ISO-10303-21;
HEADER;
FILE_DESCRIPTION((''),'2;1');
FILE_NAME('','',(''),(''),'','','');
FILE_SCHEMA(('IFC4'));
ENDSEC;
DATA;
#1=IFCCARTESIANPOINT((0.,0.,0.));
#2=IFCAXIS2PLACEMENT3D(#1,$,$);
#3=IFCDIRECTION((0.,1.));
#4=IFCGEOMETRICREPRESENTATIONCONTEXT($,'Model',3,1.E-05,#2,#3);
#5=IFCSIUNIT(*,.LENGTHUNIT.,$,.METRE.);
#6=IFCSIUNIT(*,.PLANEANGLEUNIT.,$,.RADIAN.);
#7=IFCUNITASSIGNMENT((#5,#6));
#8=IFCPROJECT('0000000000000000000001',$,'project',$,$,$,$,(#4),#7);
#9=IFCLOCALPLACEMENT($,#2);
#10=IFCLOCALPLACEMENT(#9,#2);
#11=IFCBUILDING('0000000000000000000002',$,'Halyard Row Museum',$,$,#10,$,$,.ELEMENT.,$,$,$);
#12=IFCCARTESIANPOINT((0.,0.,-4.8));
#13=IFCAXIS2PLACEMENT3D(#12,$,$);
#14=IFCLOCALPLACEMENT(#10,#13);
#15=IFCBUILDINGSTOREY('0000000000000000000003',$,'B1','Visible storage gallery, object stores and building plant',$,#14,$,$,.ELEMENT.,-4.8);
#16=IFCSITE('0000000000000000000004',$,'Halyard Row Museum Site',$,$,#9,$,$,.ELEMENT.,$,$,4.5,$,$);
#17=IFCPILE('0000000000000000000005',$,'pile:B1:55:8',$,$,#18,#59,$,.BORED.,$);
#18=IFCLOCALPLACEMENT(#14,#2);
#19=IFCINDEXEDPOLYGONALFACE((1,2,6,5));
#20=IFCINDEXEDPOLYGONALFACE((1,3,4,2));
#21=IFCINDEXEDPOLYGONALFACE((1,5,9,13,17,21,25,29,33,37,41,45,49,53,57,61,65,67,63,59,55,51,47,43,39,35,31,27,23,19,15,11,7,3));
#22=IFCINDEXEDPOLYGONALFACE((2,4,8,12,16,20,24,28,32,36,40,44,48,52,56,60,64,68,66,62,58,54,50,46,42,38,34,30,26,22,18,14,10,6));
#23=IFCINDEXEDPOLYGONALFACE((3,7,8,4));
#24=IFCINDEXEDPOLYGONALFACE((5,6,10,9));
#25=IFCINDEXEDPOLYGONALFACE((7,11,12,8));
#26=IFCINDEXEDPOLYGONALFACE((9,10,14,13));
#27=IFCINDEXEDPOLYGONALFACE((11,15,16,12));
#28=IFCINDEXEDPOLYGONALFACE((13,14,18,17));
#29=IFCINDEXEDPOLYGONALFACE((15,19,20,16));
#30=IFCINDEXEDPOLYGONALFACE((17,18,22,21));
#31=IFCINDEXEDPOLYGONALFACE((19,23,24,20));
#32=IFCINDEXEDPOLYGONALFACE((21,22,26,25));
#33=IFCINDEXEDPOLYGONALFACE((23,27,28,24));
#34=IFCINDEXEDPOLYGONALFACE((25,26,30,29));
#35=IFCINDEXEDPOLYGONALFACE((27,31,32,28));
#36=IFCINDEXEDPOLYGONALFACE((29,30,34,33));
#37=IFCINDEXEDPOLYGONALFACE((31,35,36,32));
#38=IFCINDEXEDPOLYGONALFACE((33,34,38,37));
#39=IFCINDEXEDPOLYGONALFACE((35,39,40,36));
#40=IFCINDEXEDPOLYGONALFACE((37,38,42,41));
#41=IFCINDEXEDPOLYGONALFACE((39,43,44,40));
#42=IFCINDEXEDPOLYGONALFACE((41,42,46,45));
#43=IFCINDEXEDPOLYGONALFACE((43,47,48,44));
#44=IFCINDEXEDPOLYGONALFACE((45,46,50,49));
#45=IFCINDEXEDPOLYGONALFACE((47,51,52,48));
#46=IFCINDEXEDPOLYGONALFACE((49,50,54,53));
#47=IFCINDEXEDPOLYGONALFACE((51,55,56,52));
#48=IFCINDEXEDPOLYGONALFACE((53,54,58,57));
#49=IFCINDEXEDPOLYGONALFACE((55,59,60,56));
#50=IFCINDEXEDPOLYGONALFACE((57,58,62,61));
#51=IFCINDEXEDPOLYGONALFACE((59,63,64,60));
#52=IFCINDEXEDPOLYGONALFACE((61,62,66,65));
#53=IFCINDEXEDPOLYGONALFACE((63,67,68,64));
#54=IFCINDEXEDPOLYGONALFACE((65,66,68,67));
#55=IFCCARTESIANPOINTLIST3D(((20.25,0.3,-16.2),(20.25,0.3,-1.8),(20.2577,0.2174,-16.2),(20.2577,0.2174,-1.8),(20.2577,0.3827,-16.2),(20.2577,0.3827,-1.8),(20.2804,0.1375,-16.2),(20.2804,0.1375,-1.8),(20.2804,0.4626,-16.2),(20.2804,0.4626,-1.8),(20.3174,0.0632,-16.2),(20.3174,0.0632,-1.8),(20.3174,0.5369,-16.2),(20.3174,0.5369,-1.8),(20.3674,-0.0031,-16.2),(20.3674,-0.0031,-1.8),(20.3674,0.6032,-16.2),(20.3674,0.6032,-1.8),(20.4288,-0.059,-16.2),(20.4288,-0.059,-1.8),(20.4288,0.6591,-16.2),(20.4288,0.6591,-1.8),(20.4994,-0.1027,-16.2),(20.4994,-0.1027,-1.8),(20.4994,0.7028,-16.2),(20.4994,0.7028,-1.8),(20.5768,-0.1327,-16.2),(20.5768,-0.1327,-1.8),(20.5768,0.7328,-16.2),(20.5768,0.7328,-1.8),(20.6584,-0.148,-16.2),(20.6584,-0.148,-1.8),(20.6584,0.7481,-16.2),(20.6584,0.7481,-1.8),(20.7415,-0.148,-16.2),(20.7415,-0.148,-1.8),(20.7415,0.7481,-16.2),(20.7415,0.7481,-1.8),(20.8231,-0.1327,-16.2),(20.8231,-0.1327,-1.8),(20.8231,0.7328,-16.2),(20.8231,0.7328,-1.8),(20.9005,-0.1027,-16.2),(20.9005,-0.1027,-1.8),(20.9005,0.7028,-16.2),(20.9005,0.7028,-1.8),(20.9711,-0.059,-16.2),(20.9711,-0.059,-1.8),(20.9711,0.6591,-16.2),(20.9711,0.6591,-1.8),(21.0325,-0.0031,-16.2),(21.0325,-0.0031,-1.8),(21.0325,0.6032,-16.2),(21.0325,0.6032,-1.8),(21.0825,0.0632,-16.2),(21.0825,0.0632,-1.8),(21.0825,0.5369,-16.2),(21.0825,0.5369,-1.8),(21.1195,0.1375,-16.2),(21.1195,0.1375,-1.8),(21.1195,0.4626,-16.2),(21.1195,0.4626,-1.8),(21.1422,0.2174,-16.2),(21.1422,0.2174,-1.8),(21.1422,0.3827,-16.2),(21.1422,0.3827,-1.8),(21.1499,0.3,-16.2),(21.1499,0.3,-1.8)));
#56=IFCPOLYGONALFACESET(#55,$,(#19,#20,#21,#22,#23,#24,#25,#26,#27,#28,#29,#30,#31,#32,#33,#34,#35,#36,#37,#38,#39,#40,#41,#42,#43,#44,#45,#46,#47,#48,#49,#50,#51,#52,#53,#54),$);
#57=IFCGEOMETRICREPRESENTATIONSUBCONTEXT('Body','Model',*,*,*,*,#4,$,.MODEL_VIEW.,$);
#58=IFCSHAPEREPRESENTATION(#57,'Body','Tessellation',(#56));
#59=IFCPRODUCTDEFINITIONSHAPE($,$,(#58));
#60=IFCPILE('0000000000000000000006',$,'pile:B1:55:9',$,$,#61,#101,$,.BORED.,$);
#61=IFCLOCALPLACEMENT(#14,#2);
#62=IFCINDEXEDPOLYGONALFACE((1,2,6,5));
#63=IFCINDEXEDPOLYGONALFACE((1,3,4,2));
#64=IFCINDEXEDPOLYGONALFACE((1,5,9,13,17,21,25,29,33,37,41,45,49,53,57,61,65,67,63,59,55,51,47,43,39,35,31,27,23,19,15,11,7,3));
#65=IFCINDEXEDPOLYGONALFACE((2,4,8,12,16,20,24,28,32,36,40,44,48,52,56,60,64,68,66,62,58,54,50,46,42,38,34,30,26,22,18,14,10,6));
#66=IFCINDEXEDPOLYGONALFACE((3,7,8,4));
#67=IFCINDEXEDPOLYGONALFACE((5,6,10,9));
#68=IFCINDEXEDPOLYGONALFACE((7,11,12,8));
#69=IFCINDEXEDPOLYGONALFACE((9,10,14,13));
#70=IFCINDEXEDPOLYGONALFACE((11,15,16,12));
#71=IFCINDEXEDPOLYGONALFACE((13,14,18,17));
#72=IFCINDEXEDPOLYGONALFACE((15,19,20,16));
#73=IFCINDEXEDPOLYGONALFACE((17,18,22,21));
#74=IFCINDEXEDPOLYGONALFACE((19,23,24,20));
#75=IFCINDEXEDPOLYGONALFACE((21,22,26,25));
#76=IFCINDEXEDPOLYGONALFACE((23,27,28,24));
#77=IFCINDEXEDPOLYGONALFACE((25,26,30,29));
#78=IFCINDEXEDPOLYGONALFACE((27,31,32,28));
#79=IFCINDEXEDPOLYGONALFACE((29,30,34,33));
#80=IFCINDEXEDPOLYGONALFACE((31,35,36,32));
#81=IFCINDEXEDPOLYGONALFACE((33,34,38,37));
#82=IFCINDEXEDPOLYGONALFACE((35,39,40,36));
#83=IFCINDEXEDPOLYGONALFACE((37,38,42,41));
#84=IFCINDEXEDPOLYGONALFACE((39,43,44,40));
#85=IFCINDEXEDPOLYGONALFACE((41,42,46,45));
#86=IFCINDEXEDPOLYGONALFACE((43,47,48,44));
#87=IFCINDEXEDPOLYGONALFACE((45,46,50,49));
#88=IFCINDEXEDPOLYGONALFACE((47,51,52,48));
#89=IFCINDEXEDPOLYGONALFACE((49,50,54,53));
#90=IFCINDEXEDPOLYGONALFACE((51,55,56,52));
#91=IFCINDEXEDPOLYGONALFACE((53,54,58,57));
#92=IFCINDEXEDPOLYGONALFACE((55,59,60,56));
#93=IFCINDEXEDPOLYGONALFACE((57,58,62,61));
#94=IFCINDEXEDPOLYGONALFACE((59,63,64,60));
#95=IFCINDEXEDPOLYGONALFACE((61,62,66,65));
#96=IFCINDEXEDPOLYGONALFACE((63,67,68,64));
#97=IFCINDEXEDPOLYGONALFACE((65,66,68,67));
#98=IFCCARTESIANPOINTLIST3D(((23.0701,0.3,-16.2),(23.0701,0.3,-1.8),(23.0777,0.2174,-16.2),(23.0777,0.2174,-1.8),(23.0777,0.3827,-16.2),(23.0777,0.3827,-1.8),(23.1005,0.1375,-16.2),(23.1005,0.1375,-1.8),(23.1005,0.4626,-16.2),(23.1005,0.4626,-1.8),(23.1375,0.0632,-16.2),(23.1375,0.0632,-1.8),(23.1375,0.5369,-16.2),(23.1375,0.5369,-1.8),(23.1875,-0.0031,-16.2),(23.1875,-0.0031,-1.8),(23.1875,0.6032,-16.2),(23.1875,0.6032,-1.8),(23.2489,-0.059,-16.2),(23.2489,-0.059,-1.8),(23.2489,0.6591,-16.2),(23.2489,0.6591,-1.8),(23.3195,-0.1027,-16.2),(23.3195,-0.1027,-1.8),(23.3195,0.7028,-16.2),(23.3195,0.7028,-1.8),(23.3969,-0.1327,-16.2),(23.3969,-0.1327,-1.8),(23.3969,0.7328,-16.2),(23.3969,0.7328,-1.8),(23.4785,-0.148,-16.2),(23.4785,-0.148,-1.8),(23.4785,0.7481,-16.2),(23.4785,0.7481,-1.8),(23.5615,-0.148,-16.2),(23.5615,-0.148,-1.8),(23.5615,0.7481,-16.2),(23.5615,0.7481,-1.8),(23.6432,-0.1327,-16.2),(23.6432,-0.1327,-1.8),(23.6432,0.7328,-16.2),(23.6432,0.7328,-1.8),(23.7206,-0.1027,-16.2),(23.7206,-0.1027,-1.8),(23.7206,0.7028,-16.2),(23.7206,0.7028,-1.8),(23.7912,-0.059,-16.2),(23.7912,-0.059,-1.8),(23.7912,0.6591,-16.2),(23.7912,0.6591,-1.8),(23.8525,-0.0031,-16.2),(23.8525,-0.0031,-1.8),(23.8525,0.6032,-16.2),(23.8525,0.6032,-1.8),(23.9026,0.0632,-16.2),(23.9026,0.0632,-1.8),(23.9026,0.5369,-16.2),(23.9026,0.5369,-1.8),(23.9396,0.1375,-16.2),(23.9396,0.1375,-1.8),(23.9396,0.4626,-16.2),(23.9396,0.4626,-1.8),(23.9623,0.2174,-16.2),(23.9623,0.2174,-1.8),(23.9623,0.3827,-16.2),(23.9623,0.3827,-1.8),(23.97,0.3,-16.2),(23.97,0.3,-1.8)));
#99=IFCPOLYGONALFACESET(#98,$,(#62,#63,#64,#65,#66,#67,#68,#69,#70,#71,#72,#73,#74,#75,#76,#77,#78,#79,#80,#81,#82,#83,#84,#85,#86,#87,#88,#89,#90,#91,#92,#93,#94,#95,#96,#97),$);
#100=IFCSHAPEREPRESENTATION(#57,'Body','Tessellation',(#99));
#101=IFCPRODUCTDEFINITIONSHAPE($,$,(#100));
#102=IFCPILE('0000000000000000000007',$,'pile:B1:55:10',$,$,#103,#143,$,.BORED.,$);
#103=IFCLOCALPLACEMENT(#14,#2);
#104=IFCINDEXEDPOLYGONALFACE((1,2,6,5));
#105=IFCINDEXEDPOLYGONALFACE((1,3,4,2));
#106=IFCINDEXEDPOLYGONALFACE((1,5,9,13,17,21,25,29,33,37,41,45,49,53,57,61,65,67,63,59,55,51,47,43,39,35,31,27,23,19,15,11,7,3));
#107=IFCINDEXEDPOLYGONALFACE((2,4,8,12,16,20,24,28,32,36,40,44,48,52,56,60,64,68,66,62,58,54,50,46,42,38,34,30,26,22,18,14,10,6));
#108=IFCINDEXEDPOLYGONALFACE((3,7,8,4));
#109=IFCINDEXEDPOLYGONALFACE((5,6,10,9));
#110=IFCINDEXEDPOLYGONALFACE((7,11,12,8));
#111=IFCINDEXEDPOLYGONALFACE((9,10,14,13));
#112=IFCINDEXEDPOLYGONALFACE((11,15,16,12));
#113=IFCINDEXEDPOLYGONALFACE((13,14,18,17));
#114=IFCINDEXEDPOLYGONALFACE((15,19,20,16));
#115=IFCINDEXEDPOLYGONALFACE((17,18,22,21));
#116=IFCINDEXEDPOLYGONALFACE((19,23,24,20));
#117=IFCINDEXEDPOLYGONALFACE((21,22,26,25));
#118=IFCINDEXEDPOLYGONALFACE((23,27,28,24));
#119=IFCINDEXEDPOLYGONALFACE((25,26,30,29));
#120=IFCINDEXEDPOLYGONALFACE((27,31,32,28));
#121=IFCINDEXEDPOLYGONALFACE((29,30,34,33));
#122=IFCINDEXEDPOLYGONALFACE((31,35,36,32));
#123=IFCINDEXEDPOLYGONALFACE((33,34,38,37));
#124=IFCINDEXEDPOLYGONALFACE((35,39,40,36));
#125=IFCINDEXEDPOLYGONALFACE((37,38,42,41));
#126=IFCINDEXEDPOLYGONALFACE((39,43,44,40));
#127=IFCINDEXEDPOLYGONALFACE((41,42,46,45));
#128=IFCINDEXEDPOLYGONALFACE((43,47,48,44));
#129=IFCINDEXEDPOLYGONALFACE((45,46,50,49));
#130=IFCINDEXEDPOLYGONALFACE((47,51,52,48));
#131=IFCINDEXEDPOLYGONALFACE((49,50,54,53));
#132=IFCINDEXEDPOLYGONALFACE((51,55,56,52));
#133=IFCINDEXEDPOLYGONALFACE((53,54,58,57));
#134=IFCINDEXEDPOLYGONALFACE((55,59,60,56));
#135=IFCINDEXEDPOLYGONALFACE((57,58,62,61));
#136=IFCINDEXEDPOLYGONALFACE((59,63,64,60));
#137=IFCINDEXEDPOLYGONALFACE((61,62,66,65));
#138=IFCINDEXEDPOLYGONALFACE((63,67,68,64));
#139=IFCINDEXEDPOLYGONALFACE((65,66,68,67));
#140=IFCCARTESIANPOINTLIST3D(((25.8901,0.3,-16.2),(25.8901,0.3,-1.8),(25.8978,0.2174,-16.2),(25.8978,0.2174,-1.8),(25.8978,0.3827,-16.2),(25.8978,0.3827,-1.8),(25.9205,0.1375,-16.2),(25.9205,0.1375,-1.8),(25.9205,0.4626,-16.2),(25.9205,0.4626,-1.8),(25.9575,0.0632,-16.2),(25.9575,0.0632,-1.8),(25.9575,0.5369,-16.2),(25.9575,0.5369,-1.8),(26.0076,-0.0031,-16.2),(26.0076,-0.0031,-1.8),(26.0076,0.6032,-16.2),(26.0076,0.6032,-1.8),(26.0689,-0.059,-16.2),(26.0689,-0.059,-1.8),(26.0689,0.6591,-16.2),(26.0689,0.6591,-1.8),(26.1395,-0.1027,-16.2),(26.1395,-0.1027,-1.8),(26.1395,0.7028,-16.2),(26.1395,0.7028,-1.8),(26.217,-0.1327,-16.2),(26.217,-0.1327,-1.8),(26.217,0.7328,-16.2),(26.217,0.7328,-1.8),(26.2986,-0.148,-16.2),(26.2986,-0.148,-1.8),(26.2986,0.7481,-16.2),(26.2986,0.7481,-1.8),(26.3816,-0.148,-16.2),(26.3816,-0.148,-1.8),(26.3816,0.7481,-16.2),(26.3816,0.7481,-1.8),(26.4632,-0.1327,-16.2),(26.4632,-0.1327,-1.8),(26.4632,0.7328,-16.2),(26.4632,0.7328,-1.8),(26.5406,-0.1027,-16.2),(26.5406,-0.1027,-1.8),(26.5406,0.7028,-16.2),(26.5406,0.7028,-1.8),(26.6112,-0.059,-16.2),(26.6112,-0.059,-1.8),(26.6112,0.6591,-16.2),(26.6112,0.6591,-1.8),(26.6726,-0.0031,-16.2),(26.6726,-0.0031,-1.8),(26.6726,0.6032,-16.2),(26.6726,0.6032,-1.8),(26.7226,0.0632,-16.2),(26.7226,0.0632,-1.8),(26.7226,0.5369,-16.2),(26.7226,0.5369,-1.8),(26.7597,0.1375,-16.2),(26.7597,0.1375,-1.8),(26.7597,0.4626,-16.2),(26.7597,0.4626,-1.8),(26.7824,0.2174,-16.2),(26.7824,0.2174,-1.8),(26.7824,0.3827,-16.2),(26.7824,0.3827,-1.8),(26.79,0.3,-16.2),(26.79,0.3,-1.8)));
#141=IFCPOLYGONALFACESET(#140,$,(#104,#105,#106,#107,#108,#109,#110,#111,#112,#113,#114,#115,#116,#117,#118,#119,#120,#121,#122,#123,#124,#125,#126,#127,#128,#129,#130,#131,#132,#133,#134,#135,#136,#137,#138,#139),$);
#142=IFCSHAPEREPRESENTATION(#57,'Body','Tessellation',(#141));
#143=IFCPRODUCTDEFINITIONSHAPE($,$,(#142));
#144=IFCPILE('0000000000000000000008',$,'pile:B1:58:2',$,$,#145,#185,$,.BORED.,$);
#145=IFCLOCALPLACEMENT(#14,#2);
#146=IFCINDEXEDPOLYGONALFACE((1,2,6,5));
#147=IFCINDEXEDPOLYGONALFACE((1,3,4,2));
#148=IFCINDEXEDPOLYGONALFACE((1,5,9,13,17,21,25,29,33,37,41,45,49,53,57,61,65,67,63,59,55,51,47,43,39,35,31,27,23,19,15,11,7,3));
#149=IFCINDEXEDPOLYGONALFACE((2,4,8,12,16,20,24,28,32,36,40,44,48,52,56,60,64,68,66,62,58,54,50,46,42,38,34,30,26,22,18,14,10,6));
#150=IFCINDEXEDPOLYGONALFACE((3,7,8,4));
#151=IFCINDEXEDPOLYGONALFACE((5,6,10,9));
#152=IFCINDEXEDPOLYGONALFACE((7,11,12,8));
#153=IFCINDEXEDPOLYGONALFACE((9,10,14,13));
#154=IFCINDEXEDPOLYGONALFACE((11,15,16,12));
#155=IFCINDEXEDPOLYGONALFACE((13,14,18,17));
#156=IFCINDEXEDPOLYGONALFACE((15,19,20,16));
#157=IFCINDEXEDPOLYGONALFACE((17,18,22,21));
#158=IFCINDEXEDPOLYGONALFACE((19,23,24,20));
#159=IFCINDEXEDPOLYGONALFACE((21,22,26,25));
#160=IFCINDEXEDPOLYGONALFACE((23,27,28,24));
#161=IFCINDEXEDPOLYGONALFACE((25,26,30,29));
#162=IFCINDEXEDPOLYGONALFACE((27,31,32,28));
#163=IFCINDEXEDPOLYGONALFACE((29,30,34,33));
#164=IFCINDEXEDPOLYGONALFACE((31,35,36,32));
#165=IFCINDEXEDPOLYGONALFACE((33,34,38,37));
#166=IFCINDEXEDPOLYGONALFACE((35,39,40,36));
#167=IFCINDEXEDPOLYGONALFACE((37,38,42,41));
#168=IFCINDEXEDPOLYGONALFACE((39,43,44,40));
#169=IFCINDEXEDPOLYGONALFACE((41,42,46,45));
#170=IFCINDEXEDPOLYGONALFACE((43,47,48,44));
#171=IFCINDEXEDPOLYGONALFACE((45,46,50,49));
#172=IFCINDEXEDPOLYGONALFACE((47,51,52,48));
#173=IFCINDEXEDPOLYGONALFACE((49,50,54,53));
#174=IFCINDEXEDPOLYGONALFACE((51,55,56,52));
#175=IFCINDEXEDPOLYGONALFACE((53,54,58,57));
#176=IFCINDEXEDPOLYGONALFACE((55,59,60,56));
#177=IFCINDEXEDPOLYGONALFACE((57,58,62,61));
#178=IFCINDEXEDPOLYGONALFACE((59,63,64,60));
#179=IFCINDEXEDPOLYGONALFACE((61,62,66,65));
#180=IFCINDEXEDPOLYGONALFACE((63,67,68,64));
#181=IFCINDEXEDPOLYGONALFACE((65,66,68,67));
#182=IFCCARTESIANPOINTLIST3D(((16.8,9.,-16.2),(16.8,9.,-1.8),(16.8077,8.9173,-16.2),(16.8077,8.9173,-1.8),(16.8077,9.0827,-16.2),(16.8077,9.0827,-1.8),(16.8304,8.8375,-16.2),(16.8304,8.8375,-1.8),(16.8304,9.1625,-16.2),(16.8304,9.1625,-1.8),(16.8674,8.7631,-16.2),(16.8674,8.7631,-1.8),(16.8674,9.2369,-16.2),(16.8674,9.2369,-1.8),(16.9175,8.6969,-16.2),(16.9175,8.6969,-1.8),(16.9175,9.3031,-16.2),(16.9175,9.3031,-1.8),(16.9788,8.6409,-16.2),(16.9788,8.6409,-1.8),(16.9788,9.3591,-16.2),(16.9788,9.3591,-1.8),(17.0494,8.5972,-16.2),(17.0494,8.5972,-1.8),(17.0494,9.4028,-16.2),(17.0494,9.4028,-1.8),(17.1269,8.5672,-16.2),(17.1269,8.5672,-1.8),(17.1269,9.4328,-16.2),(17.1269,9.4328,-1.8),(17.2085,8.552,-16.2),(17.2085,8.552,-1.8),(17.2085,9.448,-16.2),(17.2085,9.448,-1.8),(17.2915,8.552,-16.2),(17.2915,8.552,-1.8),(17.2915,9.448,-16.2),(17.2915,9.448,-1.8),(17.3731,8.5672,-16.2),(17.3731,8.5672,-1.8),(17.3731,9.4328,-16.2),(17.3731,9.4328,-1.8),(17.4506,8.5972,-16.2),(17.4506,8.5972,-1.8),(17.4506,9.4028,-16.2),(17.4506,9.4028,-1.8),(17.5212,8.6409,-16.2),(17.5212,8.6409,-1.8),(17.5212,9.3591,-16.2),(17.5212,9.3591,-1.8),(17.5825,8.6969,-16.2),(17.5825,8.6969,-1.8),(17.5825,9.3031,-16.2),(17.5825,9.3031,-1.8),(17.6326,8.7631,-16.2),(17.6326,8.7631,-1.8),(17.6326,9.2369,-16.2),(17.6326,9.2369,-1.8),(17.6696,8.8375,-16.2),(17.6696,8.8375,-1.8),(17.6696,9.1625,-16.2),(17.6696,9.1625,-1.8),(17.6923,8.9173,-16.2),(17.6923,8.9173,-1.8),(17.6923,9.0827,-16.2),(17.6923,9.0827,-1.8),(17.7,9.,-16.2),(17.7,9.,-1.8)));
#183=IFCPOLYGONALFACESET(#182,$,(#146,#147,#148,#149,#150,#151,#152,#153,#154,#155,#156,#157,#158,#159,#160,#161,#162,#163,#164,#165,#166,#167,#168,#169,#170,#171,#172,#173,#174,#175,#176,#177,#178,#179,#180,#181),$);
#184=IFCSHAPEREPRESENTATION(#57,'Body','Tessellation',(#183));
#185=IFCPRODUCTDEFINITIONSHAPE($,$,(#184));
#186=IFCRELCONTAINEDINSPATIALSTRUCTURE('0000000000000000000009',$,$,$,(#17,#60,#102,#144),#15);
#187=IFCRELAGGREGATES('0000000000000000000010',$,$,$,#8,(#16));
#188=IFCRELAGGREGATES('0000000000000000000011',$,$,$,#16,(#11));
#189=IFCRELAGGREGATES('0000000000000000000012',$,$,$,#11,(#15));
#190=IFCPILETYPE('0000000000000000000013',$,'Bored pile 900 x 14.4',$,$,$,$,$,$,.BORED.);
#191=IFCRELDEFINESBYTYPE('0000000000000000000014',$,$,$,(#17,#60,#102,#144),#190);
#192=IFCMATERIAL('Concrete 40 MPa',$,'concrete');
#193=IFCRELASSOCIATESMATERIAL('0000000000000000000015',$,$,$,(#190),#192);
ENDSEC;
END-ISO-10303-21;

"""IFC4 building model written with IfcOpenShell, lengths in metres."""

from ifc_helpers import new_model, si_unit, direction, frame, origin, origin_2d, place, context, subcontext, project, spatial, circle, extrude, material, material_profile, profile_set, type_object, element, save


model = new_model("IFC4")

# Units and contexts
model_context = context("Model", 3, precision=1e-05, world=origin(), true_north=direction((0.0, 1.0)))
body_context = subcontext(model_context, "Body", "Model", "MODEL_VIEW")
ifc_project = project(units=[si_unit("LENGTHUNIT", "METRE"), si_unit("PLANEANGLEUNIT", "RADIAN")], contexts=[model_context])

# Site, building, storey
site_placement = place(None, origin())
site = spatial("IfcSite", under=ifc_project, at=site_placement, Name="Halyard Row Museum Site", CompositionType="ELEMENT", RefElevation=4.5)
building_placement = place(site_placement, origin())
building = spatial("IfcBuilding", under=site, at=building_placement, Name="Halyard Row Museum", CompositionType="ELEMENT")
storey_placement = place(building_placement, frame((0.0, 0.0, -4.8)))
storey = spatial("IfcBuildingStorey", under=building, at=storey_placement, Name="B1", Description="Visible storage gallery, object stores and building plant", CompositionType="ELEMENT", Elevation=-4.8)

# Piles
ifc_material_1 = material(Name="Concrete 40 MPa", Category="concrete")
ifc_material_profile_1 = material_profile(ifc_material_1, circle(Radius=0.45, at=origin_2d()), Name="Bored pile 900 x 14.4")
ifc_profile_set_1 = profile_set([ifc_material_profile_1], Name="Concrete 40 MPa")
pile_type_1 = type_object("IfcPileType", Name="Bored pile 900 x 14.4", PredefinedType="BORED", material=ifc_profile_set_1)
for number, where, z_axis, x_axis, name in (
    (1, (20.7, 0.3, -1.8), (0.0, 0.0, -1.0), (1.0, 0.0, 0.0), "pile:B1:55:8"),
    (2, (23.52, 0.3, -1.8), (0.0, 0.0, -1.0), (1.0, 0.0, 0.0), "pile:B1:55:9"),
    (3, (26.3401, 0.3, -1.8), (0.0, 0.0, -1.0), (1.0, 0.0, 0.0), "pile:B1:55:10"),
    (4, (17.25, 9.0, -1.8), (0.0, 0.0, -1.0), (1.0, 0.0, 0.0), "pile:B1:58:2"),
):
    element("IfcPile", number, at=place(storey_placement, frame(where, z_axis=z_axis, x_axis=x_axis)), inside=storey, type_object=pile_type_1, Name=name, PredefinedType="BORED", context=body_context, shape_type="SweptSolid", body=[
        extrude(circle(Radius=0.45, at=origin_2d()), origin(), (0.0, 0.0, 1.0), 14.3999),
    ])

save(model, "model.ifc")
